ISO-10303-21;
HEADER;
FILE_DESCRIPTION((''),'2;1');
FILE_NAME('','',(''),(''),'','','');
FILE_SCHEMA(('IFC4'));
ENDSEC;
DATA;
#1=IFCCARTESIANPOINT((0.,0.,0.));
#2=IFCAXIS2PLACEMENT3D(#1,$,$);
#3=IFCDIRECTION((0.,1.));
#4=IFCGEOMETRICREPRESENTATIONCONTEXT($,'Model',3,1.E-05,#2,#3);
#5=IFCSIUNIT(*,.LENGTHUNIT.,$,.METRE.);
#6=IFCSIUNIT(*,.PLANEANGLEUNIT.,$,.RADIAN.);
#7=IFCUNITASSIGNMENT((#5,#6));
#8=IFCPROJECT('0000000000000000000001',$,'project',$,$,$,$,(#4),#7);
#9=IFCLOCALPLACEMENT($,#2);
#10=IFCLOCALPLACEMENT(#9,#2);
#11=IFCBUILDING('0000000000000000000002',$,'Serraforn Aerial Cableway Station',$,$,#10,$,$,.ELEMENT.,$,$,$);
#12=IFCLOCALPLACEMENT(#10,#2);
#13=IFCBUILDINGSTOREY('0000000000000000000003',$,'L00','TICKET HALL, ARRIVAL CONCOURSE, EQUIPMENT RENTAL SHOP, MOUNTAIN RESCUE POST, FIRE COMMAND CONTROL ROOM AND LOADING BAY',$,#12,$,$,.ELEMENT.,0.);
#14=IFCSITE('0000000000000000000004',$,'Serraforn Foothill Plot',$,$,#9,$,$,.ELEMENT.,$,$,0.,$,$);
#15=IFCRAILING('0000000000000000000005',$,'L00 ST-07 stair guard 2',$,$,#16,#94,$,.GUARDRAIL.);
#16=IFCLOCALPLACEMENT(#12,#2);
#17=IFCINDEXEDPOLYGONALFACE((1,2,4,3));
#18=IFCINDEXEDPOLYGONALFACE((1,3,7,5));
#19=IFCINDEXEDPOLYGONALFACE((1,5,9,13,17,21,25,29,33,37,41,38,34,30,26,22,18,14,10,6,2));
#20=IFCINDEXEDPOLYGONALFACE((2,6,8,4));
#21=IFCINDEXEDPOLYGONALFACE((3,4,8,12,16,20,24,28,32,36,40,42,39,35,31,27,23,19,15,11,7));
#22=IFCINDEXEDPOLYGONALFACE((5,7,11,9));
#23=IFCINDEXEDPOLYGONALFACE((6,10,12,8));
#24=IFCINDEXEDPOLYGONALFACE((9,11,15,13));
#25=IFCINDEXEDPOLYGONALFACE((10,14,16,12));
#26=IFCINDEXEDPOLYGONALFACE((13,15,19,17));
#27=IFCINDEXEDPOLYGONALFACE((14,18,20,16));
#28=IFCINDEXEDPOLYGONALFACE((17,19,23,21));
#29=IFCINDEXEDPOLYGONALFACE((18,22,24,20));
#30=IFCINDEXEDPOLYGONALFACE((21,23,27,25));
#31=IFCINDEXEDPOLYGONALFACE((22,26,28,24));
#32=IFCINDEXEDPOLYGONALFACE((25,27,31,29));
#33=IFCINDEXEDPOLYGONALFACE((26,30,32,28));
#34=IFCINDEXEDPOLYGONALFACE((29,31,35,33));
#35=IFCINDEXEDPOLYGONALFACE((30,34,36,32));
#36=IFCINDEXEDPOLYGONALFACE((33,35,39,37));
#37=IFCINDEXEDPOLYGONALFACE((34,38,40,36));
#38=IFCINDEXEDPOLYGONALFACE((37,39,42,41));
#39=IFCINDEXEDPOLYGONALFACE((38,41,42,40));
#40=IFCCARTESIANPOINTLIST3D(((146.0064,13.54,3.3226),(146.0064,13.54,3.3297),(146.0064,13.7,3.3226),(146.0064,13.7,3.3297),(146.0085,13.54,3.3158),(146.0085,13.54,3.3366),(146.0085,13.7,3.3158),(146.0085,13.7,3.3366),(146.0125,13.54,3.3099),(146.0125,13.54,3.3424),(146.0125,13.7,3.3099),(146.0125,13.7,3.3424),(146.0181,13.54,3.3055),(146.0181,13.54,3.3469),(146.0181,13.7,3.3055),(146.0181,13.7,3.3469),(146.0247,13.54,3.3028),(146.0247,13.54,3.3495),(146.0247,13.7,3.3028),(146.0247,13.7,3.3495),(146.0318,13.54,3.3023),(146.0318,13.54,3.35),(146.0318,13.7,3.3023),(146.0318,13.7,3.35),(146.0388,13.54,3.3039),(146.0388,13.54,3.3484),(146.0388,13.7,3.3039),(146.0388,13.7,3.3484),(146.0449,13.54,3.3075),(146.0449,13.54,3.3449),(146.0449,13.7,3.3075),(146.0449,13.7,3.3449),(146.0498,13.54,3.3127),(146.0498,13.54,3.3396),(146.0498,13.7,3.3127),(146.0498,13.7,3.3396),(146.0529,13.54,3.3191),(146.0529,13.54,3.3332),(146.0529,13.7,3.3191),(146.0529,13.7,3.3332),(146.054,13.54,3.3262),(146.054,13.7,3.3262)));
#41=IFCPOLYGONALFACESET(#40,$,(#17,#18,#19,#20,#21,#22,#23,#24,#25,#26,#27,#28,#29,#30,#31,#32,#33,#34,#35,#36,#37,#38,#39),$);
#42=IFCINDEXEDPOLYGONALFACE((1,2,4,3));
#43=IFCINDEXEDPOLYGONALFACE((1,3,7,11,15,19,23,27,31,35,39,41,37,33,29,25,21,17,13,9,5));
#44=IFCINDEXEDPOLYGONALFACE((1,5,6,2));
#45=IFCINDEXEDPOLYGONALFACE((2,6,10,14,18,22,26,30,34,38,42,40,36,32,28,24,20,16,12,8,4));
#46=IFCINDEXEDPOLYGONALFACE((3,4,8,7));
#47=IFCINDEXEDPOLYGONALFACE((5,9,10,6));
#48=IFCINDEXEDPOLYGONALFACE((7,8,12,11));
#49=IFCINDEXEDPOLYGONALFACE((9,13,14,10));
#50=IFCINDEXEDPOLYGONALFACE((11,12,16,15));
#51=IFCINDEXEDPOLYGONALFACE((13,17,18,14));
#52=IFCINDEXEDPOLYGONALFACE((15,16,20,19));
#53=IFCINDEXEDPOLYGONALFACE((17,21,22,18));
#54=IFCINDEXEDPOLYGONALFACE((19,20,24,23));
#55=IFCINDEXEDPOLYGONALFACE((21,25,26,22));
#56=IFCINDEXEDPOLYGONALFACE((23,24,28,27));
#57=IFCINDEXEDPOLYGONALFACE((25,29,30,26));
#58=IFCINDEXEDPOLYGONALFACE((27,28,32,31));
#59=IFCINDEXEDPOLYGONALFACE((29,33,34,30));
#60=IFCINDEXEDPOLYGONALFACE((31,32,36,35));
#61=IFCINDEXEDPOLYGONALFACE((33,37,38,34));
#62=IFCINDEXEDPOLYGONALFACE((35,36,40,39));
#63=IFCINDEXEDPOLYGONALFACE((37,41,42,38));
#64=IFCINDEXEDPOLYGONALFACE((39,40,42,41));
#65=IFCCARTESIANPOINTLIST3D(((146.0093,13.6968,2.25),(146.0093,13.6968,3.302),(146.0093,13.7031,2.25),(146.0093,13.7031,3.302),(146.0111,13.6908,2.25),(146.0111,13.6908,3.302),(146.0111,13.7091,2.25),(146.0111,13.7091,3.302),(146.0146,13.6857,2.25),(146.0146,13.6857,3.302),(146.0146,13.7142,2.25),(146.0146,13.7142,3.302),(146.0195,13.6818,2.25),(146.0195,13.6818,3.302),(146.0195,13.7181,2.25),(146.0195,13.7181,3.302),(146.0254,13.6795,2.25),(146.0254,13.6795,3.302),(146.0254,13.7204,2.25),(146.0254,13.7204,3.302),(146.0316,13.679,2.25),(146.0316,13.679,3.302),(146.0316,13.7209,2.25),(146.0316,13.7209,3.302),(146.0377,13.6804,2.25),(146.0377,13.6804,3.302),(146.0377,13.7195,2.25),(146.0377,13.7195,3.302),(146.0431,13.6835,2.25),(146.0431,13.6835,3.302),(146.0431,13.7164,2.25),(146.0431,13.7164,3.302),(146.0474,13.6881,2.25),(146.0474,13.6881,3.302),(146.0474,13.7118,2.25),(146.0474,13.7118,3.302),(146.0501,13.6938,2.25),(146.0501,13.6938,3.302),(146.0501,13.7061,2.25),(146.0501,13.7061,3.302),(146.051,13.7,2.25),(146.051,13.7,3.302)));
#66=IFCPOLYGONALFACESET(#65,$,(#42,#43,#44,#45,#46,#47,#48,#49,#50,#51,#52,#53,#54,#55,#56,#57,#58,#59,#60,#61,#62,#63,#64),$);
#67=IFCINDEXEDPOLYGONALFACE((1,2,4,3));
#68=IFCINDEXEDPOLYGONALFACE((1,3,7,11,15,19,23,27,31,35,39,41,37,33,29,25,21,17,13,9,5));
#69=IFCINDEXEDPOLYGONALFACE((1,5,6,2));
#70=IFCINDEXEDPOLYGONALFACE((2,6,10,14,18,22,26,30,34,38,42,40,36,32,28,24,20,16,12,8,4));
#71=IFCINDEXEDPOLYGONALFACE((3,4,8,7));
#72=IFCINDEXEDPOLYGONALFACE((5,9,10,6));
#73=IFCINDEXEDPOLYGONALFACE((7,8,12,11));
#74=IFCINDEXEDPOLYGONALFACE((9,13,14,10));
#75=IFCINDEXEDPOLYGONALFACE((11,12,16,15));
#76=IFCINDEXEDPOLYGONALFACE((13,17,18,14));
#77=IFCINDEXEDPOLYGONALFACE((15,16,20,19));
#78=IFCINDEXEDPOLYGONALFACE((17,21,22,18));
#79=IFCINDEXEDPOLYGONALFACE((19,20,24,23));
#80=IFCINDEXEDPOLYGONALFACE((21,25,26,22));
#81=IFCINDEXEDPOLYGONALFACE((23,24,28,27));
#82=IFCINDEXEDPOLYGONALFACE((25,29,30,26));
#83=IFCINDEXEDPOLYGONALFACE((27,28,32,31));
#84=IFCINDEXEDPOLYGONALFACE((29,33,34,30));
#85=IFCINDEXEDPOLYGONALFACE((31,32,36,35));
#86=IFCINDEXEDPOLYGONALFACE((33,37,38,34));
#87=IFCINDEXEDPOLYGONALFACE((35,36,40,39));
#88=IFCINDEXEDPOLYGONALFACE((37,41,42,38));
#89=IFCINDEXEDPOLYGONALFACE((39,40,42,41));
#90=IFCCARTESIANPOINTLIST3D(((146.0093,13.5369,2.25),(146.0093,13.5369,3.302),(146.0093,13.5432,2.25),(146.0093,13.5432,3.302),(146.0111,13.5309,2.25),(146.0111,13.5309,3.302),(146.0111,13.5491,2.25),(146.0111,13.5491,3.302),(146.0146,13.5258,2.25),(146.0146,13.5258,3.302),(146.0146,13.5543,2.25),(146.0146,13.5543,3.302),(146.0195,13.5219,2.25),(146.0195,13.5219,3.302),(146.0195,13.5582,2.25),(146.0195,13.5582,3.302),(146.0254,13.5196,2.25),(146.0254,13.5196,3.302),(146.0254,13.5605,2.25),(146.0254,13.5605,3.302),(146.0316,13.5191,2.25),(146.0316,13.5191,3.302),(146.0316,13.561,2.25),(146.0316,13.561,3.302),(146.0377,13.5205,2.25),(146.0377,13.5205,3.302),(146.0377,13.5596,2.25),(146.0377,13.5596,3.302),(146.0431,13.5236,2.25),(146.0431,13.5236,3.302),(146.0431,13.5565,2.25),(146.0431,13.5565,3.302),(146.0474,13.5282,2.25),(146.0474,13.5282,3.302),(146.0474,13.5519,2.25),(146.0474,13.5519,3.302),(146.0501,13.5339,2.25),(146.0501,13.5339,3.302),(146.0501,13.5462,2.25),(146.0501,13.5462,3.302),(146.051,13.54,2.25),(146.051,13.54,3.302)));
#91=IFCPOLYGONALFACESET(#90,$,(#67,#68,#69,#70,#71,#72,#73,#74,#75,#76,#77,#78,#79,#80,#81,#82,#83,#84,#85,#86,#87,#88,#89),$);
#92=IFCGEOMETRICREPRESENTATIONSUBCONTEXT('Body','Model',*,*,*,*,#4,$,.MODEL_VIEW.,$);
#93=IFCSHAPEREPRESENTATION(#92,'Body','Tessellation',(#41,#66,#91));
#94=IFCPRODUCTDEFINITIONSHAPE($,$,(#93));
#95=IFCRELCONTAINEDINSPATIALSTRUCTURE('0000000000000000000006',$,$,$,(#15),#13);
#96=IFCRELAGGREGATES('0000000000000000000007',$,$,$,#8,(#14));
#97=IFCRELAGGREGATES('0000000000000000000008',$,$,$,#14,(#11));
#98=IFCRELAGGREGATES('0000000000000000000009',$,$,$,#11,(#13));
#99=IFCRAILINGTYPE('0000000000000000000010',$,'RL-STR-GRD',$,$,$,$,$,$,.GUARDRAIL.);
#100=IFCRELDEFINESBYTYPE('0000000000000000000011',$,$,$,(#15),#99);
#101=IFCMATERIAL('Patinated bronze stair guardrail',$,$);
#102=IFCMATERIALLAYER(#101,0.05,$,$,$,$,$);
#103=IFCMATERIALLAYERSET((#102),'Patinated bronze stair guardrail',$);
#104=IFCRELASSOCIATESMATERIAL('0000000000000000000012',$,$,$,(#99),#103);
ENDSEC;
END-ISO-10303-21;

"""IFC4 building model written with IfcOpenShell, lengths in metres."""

from ifc_helpers import new_model, si_unit, direction, frame, origin, origin_2d, place, context, subcontext, project, spatial, circle, extrude, material, layer, layer_set, type_object, element, save


model = new_model("IFC4")

# Units and contexts
model_context = context("Model", 3, precision=1e-05, world=origin(), true_north=direction((0.0, 1.0)))
body_context = subcontext(model_context, "Body", "Model", "MODEL_VIEW")
ifc_project = project(units=[si_unit("LENGTHUNIT", "METRE"), si_unit("PLANEANGLEUNIT", "RADIAN")], contexts=[model_context])

# Site, building, storey
site_placement = place(None, origin())
site = spatial("IfcSite", under=ifc_project, at=site_placement, Name="Serraforn Foothill Plot", CompositionType="ELEMENT", RefElevation=0.0)
building_placement = place(site_placement, origin())
building = spatial("IfcBuilding", under=site, at=building_placement, Name="Serraforn Aerial Cableway Station", CompositionType="ELEMENT")
storey_placement = place(building_placement, origin())
storey = spatial("IfcBuildingStorey", under=building, at=storey_placement, Name="L00", Description="TICKET HALL, ARRIVAL CONCOURSE, EQUIPMENT RENTAL SHOP, MOUNTAIN RESCUE POST, FIRE COMMAND CONTROL ROOM AND LOADING BAY", CompositionType="ELEMENT", Elevation=0.0)

# Railing
ifc_material_1 = material(Name="Patinated bronze stair guardrail")
ifc_layer_1 = layer(ifc_material_1, 0.05)
ifc_layer_set_1 = layer_set([ifc_layer_1], Name="Patinated bronze stair guardrail")
railing_type_1 = type_object("IfcRailingType", Name="RL-STR-GRD", PredefinedType="GUARDRAIL", material=ifc_layer_set_1)
railing_placement = place(storey_placement, frame((146.03, 13.7, 2.25)))
element("IfcRailing", 1, at=railing_placement, inside=storey, type_object=railing_type_1, Name="L00 ST-07 stair guard 2", PredefinedType="GUARDRAIL", context=body_context, shape_type="SweptSolid", body=[
    extrude(circle(Radius=0.0239, at=origin_2d()), frame((0.0, 0.0, 1.0762), z_axis=(0.0, -1.0, 0.0), x_axis=(1.0, 0.0, 0.0)), (0.0, 0.0, 1.0), 0.1599),
    extrude(circle(Radius=0.021, at=origin_2d()), origin(), (0.0, 0.0, 1.0), 1.052),
    extrude(circle(Radius=0.021, at=origin_2d()), frame((0.0, -0.1599, 0.0)), (0.0, 0.0, 1.0), 1.052),
])

save(model, "model.ifc")
